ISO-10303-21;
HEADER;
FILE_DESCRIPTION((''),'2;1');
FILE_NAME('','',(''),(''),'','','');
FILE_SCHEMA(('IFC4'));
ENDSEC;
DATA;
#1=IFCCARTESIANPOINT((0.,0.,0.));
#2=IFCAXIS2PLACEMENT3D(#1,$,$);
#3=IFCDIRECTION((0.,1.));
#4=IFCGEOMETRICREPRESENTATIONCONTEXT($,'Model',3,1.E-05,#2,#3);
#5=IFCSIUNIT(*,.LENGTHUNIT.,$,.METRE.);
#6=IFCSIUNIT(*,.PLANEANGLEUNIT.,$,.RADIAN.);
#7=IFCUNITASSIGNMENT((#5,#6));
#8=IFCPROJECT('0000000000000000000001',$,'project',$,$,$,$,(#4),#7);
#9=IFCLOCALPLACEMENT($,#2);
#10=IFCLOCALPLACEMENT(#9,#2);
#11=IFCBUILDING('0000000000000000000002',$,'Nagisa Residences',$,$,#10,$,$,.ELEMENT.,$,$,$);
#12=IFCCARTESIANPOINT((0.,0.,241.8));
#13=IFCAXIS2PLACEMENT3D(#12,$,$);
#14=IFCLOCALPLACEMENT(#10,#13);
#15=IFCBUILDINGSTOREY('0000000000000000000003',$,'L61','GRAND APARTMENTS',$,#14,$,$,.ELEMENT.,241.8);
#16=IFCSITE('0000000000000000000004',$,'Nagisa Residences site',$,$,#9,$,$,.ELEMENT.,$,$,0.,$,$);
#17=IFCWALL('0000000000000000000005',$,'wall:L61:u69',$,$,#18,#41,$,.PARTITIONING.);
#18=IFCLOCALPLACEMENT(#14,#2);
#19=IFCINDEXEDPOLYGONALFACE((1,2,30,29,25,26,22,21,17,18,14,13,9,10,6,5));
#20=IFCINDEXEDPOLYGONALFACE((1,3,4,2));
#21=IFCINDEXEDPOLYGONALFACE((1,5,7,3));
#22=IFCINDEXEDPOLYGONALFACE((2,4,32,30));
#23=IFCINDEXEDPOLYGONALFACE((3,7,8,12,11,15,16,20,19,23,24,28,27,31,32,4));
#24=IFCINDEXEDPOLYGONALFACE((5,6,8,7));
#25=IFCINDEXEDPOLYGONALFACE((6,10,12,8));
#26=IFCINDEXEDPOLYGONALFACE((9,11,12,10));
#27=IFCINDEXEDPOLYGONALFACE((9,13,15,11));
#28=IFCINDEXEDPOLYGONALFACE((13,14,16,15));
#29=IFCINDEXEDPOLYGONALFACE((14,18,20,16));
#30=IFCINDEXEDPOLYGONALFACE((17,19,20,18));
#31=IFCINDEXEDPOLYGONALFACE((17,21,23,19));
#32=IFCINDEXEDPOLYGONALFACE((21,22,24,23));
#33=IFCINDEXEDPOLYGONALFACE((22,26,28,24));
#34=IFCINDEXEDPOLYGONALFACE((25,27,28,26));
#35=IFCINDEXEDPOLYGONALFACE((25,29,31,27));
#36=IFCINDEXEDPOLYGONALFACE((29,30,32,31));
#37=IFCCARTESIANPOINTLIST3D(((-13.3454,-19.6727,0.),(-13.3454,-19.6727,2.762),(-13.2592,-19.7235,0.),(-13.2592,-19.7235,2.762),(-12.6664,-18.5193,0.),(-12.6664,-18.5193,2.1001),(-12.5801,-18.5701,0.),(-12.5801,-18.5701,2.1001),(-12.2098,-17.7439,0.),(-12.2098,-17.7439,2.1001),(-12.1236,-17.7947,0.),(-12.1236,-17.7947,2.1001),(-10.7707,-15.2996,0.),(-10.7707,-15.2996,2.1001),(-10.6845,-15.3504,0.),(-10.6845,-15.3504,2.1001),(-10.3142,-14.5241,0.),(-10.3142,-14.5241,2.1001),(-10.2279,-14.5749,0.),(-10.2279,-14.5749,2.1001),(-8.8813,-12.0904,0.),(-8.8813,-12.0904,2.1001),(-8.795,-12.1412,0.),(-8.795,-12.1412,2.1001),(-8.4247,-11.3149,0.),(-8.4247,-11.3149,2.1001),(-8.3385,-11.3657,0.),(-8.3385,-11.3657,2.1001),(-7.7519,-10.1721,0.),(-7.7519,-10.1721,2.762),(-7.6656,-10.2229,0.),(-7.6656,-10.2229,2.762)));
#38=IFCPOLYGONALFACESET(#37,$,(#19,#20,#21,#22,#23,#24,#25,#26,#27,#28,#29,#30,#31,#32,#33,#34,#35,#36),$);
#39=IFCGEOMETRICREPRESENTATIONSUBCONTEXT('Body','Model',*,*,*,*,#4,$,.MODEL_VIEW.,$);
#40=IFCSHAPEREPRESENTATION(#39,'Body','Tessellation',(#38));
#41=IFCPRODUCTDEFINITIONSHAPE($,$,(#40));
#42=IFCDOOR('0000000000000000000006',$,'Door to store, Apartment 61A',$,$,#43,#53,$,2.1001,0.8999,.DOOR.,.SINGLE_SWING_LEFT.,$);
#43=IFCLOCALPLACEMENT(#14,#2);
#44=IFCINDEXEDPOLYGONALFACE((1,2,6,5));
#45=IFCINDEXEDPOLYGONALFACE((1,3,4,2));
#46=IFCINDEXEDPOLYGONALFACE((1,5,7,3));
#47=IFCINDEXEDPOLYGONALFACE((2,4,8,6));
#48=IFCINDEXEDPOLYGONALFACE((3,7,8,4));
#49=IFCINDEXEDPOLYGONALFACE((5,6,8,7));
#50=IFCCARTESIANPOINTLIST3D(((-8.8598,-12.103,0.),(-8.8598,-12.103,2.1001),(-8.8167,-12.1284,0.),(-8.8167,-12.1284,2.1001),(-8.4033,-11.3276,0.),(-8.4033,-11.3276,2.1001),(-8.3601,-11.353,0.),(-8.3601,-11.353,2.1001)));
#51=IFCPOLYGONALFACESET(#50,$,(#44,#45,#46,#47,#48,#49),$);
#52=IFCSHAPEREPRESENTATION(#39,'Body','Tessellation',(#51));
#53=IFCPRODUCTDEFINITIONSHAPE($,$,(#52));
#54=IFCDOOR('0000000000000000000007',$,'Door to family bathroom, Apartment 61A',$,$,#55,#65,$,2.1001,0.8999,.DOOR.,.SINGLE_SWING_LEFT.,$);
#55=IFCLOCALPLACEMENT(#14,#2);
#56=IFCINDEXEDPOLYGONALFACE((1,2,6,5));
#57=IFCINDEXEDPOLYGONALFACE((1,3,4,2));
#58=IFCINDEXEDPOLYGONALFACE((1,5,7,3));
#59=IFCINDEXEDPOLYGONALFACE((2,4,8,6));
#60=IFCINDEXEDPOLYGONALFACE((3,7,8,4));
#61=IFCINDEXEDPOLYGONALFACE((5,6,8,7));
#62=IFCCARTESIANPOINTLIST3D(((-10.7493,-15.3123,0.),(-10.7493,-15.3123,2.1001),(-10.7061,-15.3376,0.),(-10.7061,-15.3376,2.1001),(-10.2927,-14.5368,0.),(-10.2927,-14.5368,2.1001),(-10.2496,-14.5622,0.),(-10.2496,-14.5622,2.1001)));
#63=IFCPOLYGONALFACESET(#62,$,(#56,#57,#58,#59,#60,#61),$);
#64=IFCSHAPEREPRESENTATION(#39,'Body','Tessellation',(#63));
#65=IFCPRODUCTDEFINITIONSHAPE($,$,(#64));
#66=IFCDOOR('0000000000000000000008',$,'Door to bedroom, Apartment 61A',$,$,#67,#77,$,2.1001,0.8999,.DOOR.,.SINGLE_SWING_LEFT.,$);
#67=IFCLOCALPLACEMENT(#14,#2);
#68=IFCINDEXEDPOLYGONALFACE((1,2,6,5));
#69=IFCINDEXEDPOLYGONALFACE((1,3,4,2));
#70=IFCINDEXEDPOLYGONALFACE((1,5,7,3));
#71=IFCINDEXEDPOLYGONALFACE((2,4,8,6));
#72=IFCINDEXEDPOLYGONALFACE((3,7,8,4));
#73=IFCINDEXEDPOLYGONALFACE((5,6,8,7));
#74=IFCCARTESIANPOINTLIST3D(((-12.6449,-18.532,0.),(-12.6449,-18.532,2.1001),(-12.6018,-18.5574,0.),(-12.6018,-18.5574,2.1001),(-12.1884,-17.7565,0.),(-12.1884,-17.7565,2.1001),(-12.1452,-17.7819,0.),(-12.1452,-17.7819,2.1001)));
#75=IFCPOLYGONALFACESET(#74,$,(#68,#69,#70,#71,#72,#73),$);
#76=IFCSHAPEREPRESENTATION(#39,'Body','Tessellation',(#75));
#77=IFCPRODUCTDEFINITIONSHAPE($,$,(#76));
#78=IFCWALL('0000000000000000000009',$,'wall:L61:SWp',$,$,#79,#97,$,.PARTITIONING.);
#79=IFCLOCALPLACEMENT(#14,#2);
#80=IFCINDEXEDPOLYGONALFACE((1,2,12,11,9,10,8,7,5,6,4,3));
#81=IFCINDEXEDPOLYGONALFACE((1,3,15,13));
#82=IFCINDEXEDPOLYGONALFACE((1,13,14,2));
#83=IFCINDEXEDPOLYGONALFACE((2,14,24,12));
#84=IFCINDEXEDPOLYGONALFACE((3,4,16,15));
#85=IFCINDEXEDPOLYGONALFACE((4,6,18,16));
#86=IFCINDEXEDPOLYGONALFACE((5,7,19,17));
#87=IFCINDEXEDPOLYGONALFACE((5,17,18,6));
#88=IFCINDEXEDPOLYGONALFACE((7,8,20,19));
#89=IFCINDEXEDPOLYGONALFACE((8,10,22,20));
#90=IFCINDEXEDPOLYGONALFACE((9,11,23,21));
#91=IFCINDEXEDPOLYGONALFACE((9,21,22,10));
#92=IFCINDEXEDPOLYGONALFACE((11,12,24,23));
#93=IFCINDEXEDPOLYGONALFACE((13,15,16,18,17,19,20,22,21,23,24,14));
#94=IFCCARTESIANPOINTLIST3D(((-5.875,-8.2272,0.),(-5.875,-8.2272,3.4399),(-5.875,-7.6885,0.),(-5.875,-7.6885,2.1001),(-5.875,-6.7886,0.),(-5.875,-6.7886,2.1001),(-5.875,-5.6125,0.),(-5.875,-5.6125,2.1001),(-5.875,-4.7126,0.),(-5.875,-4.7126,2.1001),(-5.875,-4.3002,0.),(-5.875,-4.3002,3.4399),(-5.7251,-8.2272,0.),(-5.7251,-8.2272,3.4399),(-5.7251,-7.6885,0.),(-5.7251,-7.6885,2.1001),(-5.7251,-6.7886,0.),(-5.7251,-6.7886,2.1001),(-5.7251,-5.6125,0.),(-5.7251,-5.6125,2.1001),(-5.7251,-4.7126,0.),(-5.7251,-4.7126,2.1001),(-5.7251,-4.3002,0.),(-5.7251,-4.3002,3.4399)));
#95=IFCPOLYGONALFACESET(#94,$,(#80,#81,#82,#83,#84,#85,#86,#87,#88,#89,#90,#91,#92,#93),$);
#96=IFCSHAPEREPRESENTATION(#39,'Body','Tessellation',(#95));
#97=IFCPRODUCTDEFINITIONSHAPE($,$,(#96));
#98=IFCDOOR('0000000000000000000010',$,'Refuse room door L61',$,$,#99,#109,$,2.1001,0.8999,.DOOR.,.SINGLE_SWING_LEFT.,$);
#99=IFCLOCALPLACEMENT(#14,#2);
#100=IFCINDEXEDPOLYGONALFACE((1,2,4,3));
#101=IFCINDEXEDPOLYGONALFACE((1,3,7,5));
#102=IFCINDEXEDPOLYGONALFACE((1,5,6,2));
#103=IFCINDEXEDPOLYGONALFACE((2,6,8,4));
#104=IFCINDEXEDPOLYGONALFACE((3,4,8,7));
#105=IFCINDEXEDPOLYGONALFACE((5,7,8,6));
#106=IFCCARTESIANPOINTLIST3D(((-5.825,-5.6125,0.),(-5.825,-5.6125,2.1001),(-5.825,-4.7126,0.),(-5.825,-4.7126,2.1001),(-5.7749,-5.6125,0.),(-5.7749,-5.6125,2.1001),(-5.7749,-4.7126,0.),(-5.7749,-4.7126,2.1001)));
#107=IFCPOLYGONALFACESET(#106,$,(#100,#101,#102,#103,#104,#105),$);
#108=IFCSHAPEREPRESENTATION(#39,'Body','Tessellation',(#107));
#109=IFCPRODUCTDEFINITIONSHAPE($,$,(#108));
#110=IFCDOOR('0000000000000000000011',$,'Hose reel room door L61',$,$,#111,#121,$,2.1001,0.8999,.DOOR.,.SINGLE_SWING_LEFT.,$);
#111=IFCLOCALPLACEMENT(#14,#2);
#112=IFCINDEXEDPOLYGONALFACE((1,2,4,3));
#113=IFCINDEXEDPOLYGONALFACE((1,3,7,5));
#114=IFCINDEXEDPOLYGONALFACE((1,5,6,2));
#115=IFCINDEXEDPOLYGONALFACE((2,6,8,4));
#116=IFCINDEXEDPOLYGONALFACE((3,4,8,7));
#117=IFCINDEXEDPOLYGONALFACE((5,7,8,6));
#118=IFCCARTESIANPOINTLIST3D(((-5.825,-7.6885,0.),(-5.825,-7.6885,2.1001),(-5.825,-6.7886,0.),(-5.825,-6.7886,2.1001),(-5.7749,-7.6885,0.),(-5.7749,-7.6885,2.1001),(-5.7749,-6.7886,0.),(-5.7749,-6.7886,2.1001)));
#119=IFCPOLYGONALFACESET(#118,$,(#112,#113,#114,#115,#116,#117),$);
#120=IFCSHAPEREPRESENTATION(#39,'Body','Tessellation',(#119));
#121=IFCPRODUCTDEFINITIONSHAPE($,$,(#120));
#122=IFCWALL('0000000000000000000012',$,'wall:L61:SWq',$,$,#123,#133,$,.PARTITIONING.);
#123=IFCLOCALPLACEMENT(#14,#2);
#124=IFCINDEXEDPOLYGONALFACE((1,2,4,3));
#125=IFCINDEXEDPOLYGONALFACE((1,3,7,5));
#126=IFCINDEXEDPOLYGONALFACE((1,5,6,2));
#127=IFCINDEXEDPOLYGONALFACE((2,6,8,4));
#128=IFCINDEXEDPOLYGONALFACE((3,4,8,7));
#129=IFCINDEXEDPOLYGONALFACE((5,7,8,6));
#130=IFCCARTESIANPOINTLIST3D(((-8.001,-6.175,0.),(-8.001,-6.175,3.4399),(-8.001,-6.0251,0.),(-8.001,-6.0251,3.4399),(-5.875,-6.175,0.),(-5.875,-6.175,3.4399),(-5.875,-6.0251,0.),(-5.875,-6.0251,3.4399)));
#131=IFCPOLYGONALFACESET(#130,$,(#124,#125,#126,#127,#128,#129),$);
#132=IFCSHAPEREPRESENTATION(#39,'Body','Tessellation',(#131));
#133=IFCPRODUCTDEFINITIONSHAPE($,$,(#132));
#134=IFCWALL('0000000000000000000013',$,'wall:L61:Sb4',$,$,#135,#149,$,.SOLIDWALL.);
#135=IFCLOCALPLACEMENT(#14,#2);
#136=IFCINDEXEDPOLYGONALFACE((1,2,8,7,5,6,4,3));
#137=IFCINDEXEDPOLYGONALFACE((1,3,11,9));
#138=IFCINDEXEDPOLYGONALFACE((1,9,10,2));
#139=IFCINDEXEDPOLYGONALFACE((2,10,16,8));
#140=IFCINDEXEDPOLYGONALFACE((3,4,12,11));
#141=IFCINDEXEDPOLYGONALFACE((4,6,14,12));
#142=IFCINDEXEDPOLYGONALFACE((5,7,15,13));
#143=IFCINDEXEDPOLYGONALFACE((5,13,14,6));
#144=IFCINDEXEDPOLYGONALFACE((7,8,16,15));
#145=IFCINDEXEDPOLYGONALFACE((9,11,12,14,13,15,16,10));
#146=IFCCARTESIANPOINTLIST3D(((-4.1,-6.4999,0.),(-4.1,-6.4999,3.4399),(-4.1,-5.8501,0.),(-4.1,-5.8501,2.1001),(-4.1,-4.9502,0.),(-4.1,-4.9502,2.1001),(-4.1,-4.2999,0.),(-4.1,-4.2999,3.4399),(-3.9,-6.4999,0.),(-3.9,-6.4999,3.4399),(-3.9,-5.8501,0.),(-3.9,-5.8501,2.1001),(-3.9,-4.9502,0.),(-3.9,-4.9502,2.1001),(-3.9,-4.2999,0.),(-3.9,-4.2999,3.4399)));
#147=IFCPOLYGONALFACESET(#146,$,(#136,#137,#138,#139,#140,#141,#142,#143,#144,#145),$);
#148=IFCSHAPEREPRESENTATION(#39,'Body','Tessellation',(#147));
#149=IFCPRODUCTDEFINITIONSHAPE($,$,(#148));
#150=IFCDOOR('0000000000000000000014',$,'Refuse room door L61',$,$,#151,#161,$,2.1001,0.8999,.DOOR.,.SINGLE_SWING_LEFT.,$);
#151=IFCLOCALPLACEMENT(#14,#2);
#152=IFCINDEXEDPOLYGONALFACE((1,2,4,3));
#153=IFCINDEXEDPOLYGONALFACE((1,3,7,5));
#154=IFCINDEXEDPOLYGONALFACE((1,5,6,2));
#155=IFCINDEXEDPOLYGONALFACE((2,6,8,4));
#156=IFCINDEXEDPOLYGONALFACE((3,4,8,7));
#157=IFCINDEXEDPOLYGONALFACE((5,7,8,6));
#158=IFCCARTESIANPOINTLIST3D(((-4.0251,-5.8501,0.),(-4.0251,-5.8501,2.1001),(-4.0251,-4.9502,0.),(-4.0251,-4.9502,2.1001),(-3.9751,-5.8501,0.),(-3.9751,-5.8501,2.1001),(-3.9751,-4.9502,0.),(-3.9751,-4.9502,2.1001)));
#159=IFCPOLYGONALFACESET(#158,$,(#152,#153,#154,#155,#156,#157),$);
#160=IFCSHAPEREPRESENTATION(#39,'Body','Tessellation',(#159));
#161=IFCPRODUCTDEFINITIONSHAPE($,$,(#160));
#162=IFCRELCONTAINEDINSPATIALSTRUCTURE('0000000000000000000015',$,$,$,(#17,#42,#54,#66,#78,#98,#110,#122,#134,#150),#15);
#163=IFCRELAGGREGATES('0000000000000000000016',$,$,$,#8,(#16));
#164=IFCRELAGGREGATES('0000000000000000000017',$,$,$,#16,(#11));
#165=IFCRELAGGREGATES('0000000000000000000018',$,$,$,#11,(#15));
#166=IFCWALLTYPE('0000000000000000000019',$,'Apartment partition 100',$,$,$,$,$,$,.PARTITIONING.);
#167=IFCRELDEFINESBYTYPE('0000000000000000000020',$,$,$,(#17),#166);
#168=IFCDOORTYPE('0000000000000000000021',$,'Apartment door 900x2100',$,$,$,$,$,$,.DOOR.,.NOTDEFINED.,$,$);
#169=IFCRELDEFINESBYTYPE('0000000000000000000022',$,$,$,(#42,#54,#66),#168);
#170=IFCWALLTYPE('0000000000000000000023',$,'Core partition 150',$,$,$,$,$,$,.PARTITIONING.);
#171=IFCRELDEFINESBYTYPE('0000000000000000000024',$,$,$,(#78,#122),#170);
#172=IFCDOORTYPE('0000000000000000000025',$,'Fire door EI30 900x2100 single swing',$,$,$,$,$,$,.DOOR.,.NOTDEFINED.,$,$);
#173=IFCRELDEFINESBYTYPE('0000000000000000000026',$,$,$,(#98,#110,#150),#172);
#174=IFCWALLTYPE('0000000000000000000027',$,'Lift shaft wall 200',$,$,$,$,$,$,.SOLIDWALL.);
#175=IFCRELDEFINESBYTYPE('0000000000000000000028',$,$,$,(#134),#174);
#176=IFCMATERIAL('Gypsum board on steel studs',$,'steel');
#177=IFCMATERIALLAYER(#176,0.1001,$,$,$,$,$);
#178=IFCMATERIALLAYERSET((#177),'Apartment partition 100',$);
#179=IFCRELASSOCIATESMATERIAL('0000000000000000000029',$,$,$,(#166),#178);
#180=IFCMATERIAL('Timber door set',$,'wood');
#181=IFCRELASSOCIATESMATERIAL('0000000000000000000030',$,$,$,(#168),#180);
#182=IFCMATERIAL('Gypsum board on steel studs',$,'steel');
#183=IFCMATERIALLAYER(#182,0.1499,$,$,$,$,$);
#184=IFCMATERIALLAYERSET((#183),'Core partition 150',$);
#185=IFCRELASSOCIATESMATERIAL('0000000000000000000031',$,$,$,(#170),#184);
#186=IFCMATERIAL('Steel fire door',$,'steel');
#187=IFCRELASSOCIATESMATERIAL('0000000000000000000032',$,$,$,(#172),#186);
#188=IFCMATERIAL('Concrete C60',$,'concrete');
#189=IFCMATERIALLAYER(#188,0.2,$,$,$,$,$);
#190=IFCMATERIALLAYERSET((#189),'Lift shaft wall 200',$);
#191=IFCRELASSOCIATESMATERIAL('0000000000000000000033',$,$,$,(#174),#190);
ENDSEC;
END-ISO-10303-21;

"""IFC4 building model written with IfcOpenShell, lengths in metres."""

from ifc_helpers import new_model, si_unit, direction, frame, frame_2d, origin, place, context, subcontext, project, spatial, rectangle, extrude, material, layer, layer_set, type_object, element, fill, save


model = new_model("IFC4")

# Units and contexts
model_context = context("Model", 3, precision=1e-05, world=origin(), true_north=direction((0.0, 1.0)))
body_context = subcontext(model_context, "Body", "Model", "MODEL_VIEW")
ifc_project = project(units=[si_unit("LENGTHUNIT", "METRE"), si_unit("PLANEANGLEUNIT", "RADIAN")], contexts=[model_context])

# Site, building, storey
site_placement = place(None, origin())
site = spatial("IfcSite", under=ifc_project, at=site_placement, Name="Nagisa Residences site", CompositionType="ELEMENT", RefElevation=0.0)
building_placement = place(site_placement, origin())
building = spatial("IfcBuilding", under=site, at=building_placement, Name="Nagisa Residences", CompositionType="ELEMENT")
storey_placement = place(building_placement, frame((0.0, 0.0, 241.8)))
storey = spatial("IfcBuildingStorey", under=building, at=storey_placement, Name="L61", Description="GRAND APARTMENTS", CompositionType="ELEMENT", Elevation=241.8)

# Walls, openings, doors
ifc_material_1 = material(Name="Gypsum board on steel studs", Category="steel")
ifc_layer_1 = layer(ifc_material_1, 0.1001)
ifc_layer_set_1 = layer_set([ifc_layer_1], Name="Apartment partition 100")
wall_type_1 = type_object("IfcWallType", Name="Apartment partition 100", PredefinedType="PARTITIONING", material=ifc_layer_set_1)
wall_1_placement = place(storey_placement, frame((-7.7087, -10.1975, 0.0), z_axis=(0.0, 0.0, 1.0), x_axis=(-0.507356, -0.861737, 0.0)))
wall_1 = element("IfcWall", 1, at=wall_1_placement, inside=storey, type_object=wall_type_1, Name="wall:L61:u69", PredefinedType="PARTITIONING", context=body_context, shape_type="SweptSolid", body=[
    extrude(rectangle(XDim=11.0249, YDim=0.1001, at=frame_2d((5.5125, 0.0))), origin(), (0.0, 0.0, 1.0), 2.762),
])
opening_1_placement = place(wall_1_placement, frame((1.3262, 0.0, 0.0)))
opening_1 = element("IfcOpeningElement", 2, at=opening_1_placement, cuts=wall_1, PredefinedType="OPENING", context=body_context, shape_type="SweptSolid", body=[
    extrude(rectangle(XDim=0.8999, YDim=2.1001, at=frame_2d((0.45, 1.05))), frame((0.0, 0.0601, 0.0), z_axis=(0.0, -1.0, 0.0), x_axis=(1.0, 0.0, 0.0)), (0.0, 0.0, 1.0), 0.1201),
])
opening_2_placement = place(wall_1_placement, frame((5.0503, 0.0, 0.0)))
opening_2 = element("IfcOpeningElement", 3, at=opening_2_placement, cuts=wall_1, PredefinedType="OPENING", context=body_context, shape_type="SweptSolid", body=[
    extrude(rectangle(XDim=0.8999, YDim=2.1001, at=frame_2d((0.45, 1.05))), frame((0.0, 0.0601, 0.0), z_axis=(0.0, -1.0, 0.0), x_axis=(1.0, 0.0, 0.0)), (0.0, 0.0, 1.0), 0.1201),
])
opening_3_placement = place(wall_1_placement, frame((8.7866, 0.0, 0.0)))
opening_3 = element("IfcOpeningElement", 4, at=opening_3_placement, cuts=wall_1, PredefinedType="OPENING", context=body_context, shape_type="SweptSolid", body=[
    extrude(rectangle(XDim=0.8999, YDim=2.1001, at=frame_2d((0.45, 1.05))), frame((0.0, 0.0601, 0.0), z_axis=(0.0, -1.0, 0.0), x_axis=(1.0, 0.0, 0.0)), (0.0, 0.0, 1.0), 0.1201),
])
ifc_material_2 = material(Name="Timber door set", Category="wood")
door_type_1 = type_object("IfcDoorType", Name="Apartment door 900x2100", OperationType="NOTDEFINED", PredefinedType="DOOR", material=ifc_material_2)
door_1_placement = place(opening_1_placement, origin())
door_1 = element("IfcDoor", 5, at=door_1_placement, inside=storey, type_object=door_type_1, Name="Door to store, Apartment 61A", OperationType="SINGLE_SWING_LEFT", OverallHeight=2.1001, OverallWidth=0.8999, PredefinedType="DOOR", context=body_context, shape_type="SweptSolid", body=[
    extrude(rectangle(XDim=0.8999, YDim=2.1001, at=frame_2d((0.45, 1.05))), frame((0.0, 0.0249, 0.0), z_axis=(0.0, -1.0, 0.0), x_axis=(1.0, 0.0, 0.0)), (0.0, 0.0, 1.0), 0.05),
])
fill(opening_1, door_1)
door_2_placement = place(opening_2_placement, origin())
door_2 = element("IfcDoor", 6, at=door_2_placement, inside=storey, type_object=door_type_1, Name="Door to family bathroom, Apartment 61A", OperationType="SINGLE_SWING_LEFT", OverallHeight=2.1001, OverallWidth=0.8999, PredefinedType="DOOR", context=body_context, shape_type="SweptSolid", body=[
    extrude(rectangle(XDim=0.8999, YDim=2.1001, at=frame_2d((0.45, 1.05))), frame((0.0, 0.0249, 0.0), z_axis=(0.0, -1.0, 0.0), x_axis=(1.0, 0.0, 0.0)), (0.0, 0.0, 1.0), 0.05),
])
fill(opening_2, door_2)
door_3_placement = place(opening_3_placement, origin())
door_3 = element("IfcDoor", 7, at=door_3_placement, inside=storey, type_object=door_type_1, Name="Door to bedroom, Apartment 61A", OperationType="SINGLE_SWING_LEFT", OverallHeight=2.1001, OverallWidth=0.8999, PredefinedType="DOOR", context=body_context, shape_type="SweptSolid", body=[
    extrude(rectangle(XDim=0.8999, YDim=2.1001, at=frame_2d((0.45, 1.05))), frame((0.0, 0.0249, 0.0), z_axis=(0.0, -1.0, 0.0), x_axis=(1.0, 0.0, 0.0)), (0.0, 0.0, 1.0), 0.05),
])
fill(opening_3, door_3)
ifc_material_3 = material(Name="Gypsum board on steel studs", Category="steel")
ifc_layer_2 = layer(ifc_material_3, 0.1499)
ifc_layer_set_2 = layer_set([ifc_layer_2], Name="Core partition 150")
wall_type_2 = type_object("IfcWallType", Name="Core partition 150", PredefinedType="PARTITIONING", material=ifc_layer_set_2)
wall_2_placement = place(storey_placement, frame((-5.8, -8.2271, 0.0), z_axis=(0.0, 0.0, 1.0), x_axis=(0.0, 1.0, 0.0)))
wall_2 = element("IfcWall", 8, at=wall_2_placement, inside=storey, type_object=wall_type_2, Name="wall:L61:SWp", PredefinedType="PARTITIONING", context=body_context, shape_type="SweptSolid", body=[
    extrude(rectangle(XDim=3.927, YDim=0.1499, at=frame_2d((1.9634, 0.0))), origin(), (0.0, 0.0, 1.0), 3.4399),
])
opening_4_placement = place(wall_2_placement, frame((2.6145, 0.0, 0.0)))
opening_4 = element("IfcOpeningElement", 9, at=opening_4_placement, cuts=wall_2, PredefinedType="OPENING", context=body_context, shape_type="SweptSolid", body=[
    extrude(rectangle(XDim=0.8999, YDim=2.1001, at=frame_2d((0.45, 1.05))), frame((0.0, 0.085, 0.0), z_axis=(0.0, -1.0, 0.0), x_axis=(1.0, 0.0, 0.0)), (0.0, 0.0, 1.0), 0.1699),
])
opening_5_placement = place(wall_2_placement, frame((0.5386, 0.0, 0.0)))
opening_5 = element("IfcOpeningElement", 10, at=opening_5_placement, cuts=wall_2, PredefinedType="OPENING", context=body_context, shape_type="SweptSolid", body=[
    extrude(rectangle(XDim=0.8999, YDim=2.1001, at=frame_2d((0.45, 1.05))), frame((0.0, 0.085, 0.0), z_axis=(0.0, -1.0, 0.0), x_axis=(1.0, 0.0, 0.0)), (0.0, 0.0, 1.0), 0.1699),
])
ifc_material_4 = material(Name="Steel fire door", Category="steel")
door_type_2 = type_object("IfcDoorType", Name="Fire door EI30 900x2100 single swing", OperationType="NOTDEFINED", PredefinedType="DOOR", material=ifc_material_4)
door_4_placement = place(opening_4_placement, origin())
door_4 = element("IfcDoor", 11, at=door_4_placement, inside=storey, type_object=door_type_2, Name="Refuse room door L61", OperationType="SINGLE_SWING_LEFT", OverallHeight=2.1001, OverallWidth=0.8999, PredefinedType="DOOR", context=body_context, shape_type="SweptSolid", body=[
    extrude(rectangle(XDim=0.8999, YDim=2.1001, at=frame_2d((0.45, 1.05))), frame((0.0, 0.0249, 0.0), z_axis=(0.0, -1.0, 0.0), x_axis=(1.0, 0.0, 0.0)), (0.0, 0.0, 1.0), 0.05),
])
fill(opening_4, door_4)
door_5_placement = place(opening_5_placement, origin())
door_5 = element("IfcDoor", 12, at=door_5_placement, inside=storey, type_object=door_type_2, Name="Hose reel room door L61", OperationType="SINGLE_SWING_LEFT", OverallHeight=2.1001, OverallWidth=0.8999, PredefinedType="DOOR", context=body_context, shape_type="SweptSolid", body=[
    extrude(rectangle(XDim=0.8999, YDim=2.1001, at=frame_2d((0.45, 1.05))), frame((0.0, 0.0249, 0.0), z_axis=(0.0, -1.0, 0.0), x_axis=(1.0, 0.0, 0.0)), (0.0, 0.0, 1.0), 0.05),
])
fill(opening_5, door_5)

# Wall
wall_3_placement = place(storey_placement, frame((-8.001, -6.1001, 0.0), z_axis=(0.0, 0.0, 1.0), x_axis=(1.0, 0.0, 0.0)))
element("IfcWall", 13, at=wall_3_placement, inside=storey, type_object=wall_type_2, Name="wall:L61:SWq", PredefinedType="PARTITIONING", context=body_context, shape_type="SweptSolid", body=[
    extrude(rectangle(XDim=2.126, YDim=0.1499, at=frame_2d((1.063, 0.0))), origin(), (0.0, 0.0, 1.0), 3.4399),
])

# Wall, opening, door
ifc_material_5 = material(Name="Concrete C60", Category="concrete")
ifc_layer_3 = layer(ifc_material_5, 0.2)
ifc_layer_set_3 = layer_set([ifc_layer_3], Name="Lift shaft wall 200")
wall_type_3 = type_object("IfcWallType", Name="Lift shaft wall 200", PredefinedType="SOLIDWALL", material=ifc_layer_set_3)
wall_4_placement = place(storey_placement, frame((-4.0, -6.5, 0.0), z_axis=(0.0, 0.0, 1.0), x_axis=(0.0, 1.0, 0.0)))
wall_4 = element("IfcWall", 14, at=wall_4_placement, inside=storey, type_object=wall_type_3, Name="wall:L61:Sb4", PredefinedType="SOLIDWALL", context=body_context, shape_type="SweptSolid", body=[
    extrude(rectangle(XDim=2.2, YDim=0.2, at=frame_2d((1.1001, 0.0))), origin(), (0.0, 0.0, 1.0), 3.4399),
])
opening_6_placement = place(wall_4_placement, frame((0.6499, 0.0, 0.0)))
opening_6 = element("IfcOpeningElement", 15, at=opening_6_placement, cuts=wall_4, PredefinedType="OPENING", context=body_context, shape_type="SweptSolid", body=[
    extrude(rectangle(XDim=0.8999, YDim=2.1001, at=frame_2d((0.45, 1.05))), frame((0.0, 0.1099, 0.0), z_axis=(0.0, -1.0, 0.0), x_axis=(1.0, 0.0, 0.0)), (0.0, 0.0, 1.0), 0.22),
])
door_6_placement = place(opening_6_placement, frame((0.8999, 0.0, 0.0), x_axis=(-1.0, 0.0, 0.0)))
door_6 = element("IfcDoor", 16, at=door_6_placement, inside=storey, type_object=door_type_2, Name="Refuse room door L61", OperationType="SINGLE_SWING_LEFT", OverallHeight=2.1001, OverallWidth=0.8999, PredefinedType="DOOR", context=body_context, shape_type="SweptSolid", body=[
    extrude(rectangle(XDim=0.8999, YDim=2.1001, at=frame_2d((0.45, 1.05))), frame((0.0, 0.0249, 0.0), z_axis=(0.0, -1.0, 0.0), x_axis=(1.0, 0.0, 0.0)), (0.0, 0.0, 1.0), 0.05),
])
fill(opening_6, door_6)

save(model, "model.ifc")
